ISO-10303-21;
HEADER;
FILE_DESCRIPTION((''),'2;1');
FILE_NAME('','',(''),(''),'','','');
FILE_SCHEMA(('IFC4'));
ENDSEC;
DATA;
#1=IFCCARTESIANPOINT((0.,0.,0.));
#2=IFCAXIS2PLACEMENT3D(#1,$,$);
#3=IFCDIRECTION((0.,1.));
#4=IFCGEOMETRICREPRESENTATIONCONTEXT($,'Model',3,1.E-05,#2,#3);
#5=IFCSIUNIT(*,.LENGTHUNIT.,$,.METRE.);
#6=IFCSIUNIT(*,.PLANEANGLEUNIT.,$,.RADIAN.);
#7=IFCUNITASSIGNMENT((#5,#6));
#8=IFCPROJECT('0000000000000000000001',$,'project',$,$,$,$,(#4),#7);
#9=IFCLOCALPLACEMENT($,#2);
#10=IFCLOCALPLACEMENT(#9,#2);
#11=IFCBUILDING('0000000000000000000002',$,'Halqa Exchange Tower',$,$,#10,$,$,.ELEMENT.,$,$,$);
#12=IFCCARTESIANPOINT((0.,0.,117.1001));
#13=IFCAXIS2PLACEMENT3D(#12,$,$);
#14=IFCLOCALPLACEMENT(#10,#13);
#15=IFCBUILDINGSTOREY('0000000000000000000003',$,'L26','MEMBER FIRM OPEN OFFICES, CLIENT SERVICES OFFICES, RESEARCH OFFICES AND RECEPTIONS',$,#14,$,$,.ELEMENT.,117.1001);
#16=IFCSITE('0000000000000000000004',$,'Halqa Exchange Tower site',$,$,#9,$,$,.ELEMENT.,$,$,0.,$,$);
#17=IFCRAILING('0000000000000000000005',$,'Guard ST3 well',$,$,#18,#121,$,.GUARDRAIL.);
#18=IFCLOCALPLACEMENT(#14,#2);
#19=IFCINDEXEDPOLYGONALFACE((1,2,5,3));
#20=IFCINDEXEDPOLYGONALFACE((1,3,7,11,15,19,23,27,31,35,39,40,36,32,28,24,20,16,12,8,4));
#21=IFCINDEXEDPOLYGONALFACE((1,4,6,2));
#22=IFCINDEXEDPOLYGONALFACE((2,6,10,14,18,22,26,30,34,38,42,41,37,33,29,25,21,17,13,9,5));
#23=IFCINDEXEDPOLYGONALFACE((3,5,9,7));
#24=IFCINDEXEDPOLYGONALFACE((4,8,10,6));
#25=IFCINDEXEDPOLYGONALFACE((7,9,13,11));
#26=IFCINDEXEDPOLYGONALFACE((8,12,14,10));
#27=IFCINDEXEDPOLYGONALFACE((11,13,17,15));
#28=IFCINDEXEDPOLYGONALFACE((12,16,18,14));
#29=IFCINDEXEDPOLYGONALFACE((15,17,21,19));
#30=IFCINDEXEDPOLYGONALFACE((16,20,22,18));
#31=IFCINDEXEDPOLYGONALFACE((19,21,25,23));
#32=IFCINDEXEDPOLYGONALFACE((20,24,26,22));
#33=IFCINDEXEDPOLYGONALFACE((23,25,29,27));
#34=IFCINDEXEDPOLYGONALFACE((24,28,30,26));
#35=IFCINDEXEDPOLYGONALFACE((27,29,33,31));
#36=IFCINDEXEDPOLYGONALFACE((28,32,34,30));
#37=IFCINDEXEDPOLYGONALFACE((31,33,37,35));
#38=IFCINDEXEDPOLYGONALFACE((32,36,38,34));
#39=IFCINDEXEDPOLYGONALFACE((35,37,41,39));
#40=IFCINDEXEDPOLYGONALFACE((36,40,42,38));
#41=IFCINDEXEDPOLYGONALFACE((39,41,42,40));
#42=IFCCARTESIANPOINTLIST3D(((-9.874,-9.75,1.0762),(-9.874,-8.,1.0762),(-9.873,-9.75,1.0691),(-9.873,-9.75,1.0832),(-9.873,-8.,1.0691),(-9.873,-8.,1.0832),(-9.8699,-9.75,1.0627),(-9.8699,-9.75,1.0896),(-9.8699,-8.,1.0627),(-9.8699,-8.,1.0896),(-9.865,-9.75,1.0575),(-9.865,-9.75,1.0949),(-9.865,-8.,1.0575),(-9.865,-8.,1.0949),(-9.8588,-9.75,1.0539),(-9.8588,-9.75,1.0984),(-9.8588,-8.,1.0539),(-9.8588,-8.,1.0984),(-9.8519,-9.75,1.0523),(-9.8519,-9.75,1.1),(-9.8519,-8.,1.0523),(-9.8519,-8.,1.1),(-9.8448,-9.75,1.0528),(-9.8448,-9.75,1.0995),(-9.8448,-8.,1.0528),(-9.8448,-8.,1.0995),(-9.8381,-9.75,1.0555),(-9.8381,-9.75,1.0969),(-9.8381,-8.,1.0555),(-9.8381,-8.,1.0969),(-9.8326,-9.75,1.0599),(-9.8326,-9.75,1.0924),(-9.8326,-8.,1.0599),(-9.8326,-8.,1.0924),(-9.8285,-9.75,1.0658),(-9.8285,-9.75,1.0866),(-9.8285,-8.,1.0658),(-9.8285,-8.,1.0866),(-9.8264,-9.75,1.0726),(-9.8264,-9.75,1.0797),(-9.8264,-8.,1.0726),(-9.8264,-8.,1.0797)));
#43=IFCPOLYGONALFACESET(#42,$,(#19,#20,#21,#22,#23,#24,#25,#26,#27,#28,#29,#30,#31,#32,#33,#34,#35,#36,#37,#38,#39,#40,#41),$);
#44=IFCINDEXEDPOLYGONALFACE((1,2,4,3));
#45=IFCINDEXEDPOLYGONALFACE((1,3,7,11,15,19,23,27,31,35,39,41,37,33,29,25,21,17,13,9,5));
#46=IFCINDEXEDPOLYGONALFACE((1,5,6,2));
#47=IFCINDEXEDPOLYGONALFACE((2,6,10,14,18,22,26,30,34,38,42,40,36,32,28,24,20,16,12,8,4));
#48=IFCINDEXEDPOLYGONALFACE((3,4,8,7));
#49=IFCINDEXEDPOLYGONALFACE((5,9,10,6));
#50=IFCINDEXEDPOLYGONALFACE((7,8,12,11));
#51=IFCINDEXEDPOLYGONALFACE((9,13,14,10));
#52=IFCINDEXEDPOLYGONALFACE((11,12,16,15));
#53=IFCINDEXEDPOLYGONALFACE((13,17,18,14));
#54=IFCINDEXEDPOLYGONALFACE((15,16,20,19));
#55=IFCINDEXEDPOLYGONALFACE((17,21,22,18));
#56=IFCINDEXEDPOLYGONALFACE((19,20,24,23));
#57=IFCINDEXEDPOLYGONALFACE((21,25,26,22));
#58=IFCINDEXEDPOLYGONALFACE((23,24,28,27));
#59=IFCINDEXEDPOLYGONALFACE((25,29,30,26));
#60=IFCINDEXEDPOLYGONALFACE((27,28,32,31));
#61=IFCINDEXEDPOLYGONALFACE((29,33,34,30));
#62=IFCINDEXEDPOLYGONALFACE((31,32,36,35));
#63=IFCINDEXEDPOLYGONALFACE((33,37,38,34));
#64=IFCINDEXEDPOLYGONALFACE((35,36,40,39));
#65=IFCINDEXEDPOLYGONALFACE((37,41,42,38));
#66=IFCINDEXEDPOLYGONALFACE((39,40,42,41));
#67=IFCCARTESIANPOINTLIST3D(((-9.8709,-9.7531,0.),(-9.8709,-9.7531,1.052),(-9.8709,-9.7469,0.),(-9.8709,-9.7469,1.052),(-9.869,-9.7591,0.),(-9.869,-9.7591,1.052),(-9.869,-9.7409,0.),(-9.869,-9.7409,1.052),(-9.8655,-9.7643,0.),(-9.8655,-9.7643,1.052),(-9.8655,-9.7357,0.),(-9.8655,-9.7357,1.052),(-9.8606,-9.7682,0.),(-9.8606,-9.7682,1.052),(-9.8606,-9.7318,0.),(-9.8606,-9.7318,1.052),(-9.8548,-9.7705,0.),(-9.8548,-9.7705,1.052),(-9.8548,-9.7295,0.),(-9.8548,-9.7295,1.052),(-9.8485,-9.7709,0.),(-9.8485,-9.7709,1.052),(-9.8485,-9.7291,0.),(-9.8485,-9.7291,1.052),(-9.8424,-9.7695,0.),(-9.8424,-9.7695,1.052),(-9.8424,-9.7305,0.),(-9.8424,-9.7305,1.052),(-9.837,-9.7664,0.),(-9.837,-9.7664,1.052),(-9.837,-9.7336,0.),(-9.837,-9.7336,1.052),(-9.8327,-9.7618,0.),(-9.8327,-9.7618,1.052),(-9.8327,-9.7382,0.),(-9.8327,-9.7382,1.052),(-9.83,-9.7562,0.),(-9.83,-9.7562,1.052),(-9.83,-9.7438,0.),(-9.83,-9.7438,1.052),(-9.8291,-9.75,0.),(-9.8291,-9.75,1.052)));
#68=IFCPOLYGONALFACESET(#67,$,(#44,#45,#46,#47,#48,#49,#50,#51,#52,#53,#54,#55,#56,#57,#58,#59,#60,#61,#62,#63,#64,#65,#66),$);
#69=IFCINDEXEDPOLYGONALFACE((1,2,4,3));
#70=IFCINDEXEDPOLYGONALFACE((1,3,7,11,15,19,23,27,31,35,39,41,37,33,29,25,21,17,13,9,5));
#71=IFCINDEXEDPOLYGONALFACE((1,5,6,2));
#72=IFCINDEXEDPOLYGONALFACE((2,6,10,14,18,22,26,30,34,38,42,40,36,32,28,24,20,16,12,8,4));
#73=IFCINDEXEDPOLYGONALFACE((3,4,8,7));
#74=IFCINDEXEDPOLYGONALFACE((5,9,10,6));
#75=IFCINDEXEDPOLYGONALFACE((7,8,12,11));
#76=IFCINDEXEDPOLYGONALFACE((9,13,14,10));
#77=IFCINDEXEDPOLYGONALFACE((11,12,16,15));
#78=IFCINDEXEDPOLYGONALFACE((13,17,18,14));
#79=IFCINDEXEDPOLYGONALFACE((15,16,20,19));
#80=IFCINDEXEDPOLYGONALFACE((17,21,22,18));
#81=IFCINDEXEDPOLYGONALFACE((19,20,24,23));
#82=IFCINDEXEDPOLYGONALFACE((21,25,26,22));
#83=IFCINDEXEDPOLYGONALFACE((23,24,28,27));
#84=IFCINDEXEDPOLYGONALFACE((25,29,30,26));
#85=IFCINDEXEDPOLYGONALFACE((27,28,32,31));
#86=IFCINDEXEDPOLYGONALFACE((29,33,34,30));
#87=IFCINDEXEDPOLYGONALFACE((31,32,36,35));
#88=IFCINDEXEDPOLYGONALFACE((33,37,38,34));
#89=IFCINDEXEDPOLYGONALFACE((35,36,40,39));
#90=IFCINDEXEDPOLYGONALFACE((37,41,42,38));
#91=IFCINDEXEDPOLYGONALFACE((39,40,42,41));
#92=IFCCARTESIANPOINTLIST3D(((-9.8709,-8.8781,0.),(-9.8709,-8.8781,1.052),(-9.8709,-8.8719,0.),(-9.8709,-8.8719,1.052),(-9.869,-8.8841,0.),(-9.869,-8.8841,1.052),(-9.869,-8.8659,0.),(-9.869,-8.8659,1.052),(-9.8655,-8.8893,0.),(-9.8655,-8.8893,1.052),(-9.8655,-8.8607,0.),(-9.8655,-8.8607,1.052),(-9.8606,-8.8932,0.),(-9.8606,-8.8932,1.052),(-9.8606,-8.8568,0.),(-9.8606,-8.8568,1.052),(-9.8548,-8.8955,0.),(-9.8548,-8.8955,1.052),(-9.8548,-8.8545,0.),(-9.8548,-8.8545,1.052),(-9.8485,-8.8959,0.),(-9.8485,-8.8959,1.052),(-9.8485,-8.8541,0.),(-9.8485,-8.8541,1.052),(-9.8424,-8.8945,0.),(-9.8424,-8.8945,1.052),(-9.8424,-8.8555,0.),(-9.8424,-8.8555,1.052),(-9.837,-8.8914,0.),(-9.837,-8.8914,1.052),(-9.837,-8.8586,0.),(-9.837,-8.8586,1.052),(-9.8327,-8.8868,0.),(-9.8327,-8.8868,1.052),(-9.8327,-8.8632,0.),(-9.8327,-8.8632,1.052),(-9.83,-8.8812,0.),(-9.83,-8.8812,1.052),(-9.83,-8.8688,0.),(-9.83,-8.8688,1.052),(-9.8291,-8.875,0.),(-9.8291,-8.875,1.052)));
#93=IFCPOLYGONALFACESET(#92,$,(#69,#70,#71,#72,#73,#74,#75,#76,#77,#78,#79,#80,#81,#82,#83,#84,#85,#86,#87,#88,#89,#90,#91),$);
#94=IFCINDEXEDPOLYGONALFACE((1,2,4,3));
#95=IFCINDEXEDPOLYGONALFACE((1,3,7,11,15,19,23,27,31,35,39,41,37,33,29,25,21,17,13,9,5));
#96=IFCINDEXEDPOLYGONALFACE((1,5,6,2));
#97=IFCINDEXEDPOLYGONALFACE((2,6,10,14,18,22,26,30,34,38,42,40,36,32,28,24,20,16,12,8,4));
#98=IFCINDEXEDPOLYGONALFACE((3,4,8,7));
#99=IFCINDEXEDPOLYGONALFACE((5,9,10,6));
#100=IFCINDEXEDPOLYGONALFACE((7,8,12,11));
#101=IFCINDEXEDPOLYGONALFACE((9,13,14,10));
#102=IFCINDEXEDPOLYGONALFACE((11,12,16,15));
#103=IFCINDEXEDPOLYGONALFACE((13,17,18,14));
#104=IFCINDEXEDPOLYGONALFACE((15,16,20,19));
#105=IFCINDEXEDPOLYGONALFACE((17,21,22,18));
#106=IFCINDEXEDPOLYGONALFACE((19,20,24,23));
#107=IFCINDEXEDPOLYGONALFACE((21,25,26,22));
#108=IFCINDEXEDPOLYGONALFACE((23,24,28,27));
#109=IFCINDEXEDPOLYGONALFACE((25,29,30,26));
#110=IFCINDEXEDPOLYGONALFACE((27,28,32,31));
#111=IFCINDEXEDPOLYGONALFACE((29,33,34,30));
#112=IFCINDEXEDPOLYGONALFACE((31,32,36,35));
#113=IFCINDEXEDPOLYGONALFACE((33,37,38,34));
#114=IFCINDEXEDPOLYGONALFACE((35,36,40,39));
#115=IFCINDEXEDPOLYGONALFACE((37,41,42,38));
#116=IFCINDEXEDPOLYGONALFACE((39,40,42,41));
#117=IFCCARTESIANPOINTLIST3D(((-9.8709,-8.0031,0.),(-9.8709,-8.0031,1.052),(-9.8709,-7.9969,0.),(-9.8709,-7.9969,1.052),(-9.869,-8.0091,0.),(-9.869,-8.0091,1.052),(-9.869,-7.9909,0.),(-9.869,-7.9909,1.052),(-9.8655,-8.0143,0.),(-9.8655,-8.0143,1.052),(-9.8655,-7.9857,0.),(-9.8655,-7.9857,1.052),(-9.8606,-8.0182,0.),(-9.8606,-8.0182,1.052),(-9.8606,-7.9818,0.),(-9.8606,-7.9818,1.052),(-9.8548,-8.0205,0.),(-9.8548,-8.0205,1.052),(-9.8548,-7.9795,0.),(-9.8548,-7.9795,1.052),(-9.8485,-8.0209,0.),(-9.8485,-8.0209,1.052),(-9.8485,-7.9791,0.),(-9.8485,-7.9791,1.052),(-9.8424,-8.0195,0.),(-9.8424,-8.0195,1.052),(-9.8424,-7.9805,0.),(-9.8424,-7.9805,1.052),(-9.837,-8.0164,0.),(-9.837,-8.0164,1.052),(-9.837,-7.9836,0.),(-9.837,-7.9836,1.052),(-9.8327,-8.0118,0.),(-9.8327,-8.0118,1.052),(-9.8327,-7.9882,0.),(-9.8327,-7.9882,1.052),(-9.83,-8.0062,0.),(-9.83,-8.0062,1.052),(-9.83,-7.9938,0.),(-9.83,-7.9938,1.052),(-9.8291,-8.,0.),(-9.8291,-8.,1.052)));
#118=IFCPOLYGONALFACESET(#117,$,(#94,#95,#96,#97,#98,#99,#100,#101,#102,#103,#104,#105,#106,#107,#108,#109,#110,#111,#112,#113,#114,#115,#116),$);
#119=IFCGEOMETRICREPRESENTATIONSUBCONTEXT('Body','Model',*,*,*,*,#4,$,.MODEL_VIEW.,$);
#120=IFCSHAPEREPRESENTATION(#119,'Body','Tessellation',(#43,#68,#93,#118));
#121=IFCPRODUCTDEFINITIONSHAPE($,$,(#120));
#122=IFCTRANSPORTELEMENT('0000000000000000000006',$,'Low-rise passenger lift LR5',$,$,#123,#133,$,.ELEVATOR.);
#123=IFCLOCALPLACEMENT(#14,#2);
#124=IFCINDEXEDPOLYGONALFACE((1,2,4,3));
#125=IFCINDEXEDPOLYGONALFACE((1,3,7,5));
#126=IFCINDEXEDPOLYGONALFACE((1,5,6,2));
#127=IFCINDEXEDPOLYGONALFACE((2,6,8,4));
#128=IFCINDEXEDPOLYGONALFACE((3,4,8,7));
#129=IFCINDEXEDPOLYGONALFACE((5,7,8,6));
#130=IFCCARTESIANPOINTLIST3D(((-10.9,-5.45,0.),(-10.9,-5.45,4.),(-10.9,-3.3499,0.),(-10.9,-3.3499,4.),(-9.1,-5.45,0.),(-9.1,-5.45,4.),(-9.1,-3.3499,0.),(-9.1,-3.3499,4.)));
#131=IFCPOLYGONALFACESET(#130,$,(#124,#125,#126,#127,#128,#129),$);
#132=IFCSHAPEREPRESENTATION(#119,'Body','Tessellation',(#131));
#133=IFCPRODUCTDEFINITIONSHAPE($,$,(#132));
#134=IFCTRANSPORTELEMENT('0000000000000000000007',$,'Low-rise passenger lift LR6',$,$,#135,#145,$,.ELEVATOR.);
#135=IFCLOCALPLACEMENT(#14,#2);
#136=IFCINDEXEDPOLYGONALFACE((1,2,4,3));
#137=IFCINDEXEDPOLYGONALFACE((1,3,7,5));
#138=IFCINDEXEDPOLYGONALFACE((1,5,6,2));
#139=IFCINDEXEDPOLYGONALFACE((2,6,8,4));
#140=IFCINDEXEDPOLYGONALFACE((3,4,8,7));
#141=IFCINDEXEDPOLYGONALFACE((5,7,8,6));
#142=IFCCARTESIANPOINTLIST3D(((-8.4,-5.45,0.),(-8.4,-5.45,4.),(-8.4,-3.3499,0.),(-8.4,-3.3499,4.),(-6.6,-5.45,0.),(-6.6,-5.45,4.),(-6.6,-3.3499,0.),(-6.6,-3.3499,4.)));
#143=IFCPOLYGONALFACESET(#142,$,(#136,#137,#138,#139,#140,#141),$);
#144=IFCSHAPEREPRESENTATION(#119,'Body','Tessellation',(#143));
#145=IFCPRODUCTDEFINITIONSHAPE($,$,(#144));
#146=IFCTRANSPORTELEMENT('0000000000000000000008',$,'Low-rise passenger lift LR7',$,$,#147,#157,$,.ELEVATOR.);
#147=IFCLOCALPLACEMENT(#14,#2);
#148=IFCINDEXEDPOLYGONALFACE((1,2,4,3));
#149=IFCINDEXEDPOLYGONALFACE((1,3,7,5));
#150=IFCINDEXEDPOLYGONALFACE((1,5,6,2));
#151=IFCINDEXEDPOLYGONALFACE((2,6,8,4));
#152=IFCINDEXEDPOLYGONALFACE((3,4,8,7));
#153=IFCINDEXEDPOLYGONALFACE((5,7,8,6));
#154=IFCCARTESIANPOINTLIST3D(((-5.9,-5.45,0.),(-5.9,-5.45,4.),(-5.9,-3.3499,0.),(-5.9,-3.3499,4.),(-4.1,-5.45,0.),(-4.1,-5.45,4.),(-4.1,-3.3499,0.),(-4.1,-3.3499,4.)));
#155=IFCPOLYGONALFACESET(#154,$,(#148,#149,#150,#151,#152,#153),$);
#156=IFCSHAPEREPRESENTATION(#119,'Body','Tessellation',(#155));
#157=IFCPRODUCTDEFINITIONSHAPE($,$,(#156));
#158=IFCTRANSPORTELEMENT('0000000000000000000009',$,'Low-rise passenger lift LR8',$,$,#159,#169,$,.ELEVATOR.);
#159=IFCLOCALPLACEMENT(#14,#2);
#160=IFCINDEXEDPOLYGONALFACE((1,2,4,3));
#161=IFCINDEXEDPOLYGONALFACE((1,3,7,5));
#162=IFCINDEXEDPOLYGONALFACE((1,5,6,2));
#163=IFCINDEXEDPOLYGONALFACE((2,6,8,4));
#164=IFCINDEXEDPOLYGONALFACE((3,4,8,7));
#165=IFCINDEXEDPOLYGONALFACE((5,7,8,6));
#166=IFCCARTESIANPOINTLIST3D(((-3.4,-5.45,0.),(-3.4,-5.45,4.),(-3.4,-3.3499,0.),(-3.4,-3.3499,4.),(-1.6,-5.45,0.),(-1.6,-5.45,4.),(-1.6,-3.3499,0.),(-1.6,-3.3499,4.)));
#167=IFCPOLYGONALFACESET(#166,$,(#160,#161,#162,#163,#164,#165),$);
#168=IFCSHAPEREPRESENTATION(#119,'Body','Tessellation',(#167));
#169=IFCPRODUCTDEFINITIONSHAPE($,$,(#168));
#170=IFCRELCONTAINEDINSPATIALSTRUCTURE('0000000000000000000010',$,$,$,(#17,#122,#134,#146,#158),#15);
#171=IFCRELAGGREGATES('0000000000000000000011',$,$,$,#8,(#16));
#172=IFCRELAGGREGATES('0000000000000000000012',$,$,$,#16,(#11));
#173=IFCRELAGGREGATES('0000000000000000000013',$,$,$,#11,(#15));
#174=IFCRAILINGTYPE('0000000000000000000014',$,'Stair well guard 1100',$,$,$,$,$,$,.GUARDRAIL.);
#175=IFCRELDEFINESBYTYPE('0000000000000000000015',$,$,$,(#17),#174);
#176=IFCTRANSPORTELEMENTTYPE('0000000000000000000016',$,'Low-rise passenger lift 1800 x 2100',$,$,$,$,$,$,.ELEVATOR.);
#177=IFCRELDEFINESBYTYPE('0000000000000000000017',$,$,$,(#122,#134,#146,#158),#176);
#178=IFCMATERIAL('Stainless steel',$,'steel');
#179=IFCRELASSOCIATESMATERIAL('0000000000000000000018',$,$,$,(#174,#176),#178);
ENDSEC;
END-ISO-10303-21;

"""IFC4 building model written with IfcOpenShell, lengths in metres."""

from ifc_helpers import new_model, si_unit, direction, frame, origin, origin_2d, place, context, subcontext, project, spatial, rectangle, circle, extrude, material, type_object, element, save


model = new_model("IFC4")

# Units and contexts
model_context = context("Model", 3, precision=1e-05, world=origin(), true_north=direction((0.0, 1.0)))
body_context = subcontext(model_context, "Body", "Model", "MODEL_VIEW")
ifc_project = project(units=[si_unit("LENGTHUNIT", "METRE"), si_unit("PLANEANGLEUNIT", "RADIAN")], contexts=[model_context])

# Site, building, storey
site_placement = place(None, origin())
site = spatial("IfcSite", under=ifc_project, at=site_placement, Name="Halqa Exchange Tower site", CompositionType="ELEMENT", RefElevation=0.0)
building_placement = place(site_placement, origin())
building = spatial("IfcBuilding", under=site, at=building_placement, Name="Halqa Exchange Tower", CompositionType="ELEMENT")
storey_placement = place(building_placement, frame((0.0, 0.0, 117.1001)))
storey = spatial("IfcBuildingStorey", under=building, at=storey_placement, Name="L26", Description="MEMBER FIRM OPEN OFFICES, CLIENT SERVICES OFFICES, RESEARCH OFFICES AND RECEPTIONS", CompositionType="ELEMENT", Elevation=117.1001)

# Shared definitions
ifc_material_1 = material(Name="Stainless steel", Category="steel")

# Railing
railing_type_1 = type_object("IfcRailingType", Name="Stair well guard 1100", PredefinedType="GUARDRAIL", material=ifc_material_1)
railing_1_placement = place(storey_placement, frame((-9.8501, -9.75, 0.0)))
element("IfcRailing", 1, at=railing_1_placement, inside=storey, type_object=railing_type_1, Name="Guard ST3 well", PredefinedType="GUARDRAIL", context=body_context, shape_type="SweptSolid", body=[
    extrude(circle(Radius=0.0239, at=origin_2d()), frame((0.0, 0.0, 1.0762), z_axis=(0.0, 1.0, 0.0), x_axis=(-1.0, 0.0, 0.0)), (0.0, 0.0, 1.0), 1.75),
    extrude(circle(Radius=0.021, at=origin_2d()), origin(), (0.0, 0.0, 1.0), 1.052),
    extrude(circle(Radius=0.021, at=origin_2d()), frame((0.0, 0.875, 0.0)), (0.0, 0.0, 1.0), 1.052),
    extrude(circle(Radius=0.021, at=origin_2d()), frame((0.0, 1.75, 0.0)), (0.0, 0.0, 1.0), 1.052),
])

# Transport elements
transport_element_type = type_object("IfcTransportElementType", Name="Low-rise passenger lift 1800 x 2100", PredefinedType="ELEVATOR", material=ifc_material_1)
for number, where, z_axis, x_axis, name in (
    (2, (-10.0, -4.3999, 0.0), (0.0, 0.0, 1.0), (1.0, 0.0, 0.0), "Low-rise passenger lift LR5"),
    (3, (-7.5, -4.3999, 0.0), (0.0, 0.0, 1.0), (1.0, 0.0, 0.0), "Low-rise passenger lift LR6"),
    (4, (-5.0, -4.3999, 0.0), (0.0, 0.0, 1.0), (1.0, 0.0, 0.0), "Low-rise passenger lift LR7"),
    (5, (-2.5, -4.3999, 0.0), (0.0, 0.0, 1.0), (1.0, 0.0, 0.0), "Low-rise passenger lift LR8"),
):
    element("IfcTransportElement", number, at=place(storey_placement, frame(where, z_axis=z_axis, x_axis=x_axis)), inside=storey, type_object=transport_element_type, Name=name, PredefinedType="ELEVATOR", context=body_context, shape_type="SweptSolid", body=[
        extrude(rectangle(XDim=1.8, YDim=2.1001, at=origin_2d()), origin(), (0.0, 0.0, 1.0), 4.0),
    ])

save(model, "model.ifc")
